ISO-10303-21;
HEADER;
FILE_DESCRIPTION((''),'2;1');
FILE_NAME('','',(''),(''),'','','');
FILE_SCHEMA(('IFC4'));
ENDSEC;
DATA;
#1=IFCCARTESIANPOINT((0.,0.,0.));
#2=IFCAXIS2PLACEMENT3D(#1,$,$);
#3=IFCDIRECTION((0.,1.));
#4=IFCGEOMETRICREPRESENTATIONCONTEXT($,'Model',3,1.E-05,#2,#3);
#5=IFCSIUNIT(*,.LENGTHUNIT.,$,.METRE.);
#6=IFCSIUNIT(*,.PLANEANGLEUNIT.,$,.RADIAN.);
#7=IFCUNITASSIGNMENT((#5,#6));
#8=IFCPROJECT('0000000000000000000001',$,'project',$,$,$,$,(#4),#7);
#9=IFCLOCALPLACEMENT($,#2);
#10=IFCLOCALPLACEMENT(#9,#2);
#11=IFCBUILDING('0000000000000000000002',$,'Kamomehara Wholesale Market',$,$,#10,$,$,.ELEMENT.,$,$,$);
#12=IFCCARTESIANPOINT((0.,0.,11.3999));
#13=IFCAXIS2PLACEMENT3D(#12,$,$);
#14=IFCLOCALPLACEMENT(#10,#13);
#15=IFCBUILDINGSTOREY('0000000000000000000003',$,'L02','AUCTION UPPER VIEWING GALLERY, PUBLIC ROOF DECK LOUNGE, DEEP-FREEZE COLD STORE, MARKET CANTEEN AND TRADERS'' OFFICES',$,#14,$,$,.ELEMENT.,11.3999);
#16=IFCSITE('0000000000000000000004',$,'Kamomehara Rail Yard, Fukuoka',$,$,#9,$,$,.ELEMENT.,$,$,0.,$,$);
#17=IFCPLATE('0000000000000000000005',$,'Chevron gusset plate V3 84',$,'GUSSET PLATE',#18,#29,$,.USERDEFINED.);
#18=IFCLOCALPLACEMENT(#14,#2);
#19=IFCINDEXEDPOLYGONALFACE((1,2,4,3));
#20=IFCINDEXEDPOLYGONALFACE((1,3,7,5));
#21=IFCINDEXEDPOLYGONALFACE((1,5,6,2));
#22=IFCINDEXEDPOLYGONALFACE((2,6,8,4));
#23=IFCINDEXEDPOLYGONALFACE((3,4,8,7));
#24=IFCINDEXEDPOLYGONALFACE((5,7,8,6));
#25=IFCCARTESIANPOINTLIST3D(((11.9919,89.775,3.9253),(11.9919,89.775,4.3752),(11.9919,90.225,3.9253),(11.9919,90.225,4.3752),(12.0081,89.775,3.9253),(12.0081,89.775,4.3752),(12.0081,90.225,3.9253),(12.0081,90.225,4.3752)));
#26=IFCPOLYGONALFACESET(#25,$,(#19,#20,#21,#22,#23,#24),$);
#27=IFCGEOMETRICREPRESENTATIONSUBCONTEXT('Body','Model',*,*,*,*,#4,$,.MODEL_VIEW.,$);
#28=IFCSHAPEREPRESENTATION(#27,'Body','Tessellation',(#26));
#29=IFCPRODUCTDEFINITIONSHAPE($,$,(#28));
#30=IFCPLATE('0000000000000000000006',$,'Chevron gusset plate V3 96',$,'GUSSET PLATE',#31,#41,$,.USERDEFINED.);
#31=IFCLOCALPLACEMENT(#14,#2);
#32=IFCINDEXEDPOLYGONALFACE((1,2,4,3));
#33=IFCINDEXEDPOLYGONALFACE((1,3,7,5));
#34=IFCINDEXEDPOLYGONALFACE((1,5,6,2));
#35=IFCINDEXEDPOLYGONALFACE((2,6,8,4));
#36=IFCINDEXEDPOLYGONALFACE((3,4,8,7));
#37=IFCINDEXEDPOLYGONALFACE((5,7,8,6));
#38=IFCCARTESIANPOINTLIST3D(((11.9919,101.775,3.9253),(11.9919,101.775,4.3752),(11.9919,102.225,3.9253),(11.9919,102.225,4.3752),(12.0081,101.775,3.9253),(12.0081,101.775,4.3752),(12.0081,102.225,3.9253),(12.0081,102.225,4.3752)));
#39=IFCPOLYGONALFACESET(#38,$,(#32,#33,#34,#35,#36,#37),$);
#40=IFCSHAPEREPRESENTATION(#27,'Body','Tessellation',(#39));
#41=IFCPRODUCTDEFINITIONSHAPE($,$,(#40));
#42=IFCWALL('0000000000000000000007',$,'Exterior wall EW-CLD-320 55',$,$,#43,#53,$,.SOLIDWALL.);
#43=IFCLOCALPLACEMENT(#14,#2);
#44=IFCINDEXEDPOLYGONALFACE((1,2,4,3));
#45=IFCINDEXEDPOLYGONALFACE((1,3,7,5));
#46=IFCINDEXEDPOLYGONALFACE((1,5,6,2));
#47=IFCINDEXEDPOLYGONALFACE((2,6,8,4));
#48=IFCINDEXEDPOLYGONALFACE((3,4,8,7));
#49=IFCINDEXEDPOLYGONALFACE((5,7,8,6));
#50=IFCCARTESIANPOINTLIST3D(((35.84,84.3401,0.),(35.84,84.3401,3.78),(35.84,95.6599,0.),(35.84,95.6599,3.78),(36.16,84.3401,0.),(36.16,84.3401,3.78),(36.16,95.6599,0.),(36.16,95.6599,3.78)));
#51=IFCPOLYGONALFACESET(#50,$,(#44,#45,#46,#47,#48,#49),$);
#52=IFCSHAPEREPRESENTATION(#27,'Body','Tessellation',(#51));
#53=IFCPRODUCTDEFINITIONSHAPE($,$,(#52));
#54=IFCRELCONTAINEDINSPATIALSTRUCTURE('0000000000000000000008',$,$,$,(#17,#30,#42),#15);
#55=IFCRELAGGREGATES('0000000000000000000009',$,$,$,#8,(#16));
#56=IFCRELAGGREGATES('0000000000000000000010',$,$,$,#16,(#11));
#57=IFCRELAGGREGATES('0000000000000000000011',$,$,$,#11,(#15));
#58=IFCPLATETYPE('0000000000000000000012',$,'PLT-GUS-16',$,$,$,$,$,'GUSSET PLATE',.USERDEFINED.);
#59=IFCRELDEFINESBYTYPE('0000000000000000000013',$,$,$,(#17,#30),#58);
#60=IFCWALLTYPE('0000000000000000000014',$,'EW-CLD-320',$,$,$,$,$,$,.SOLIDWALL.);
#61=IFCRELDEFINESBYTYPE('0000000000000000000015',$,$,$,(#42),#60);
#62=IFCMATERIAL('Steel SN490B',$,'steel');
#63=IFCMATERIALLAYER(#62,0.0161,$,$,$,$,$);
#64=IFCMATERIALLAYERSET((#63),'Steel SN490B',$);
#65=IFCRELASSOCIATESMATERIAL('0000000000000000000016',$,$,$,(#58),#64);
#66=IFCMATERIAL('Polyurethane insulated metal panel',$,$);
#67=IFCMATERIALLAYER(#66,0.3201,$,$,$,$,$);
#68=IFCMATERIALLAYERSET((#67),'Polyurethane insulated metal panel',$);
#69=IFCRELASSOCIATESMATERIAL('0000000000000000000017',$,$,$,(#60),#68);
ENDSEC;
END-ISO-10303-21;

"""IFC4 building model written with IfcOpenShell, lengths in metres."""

from ifc_helpers import new_model, si_unit, direction, frame, frame_2d, origin, origin_2d, place, context, subcontext, project, spatial, rectangle, extrude, material, layer, layer_set, type_object, element, save


model = new_model("IFC4")

# Units and contexts
model_context = context("Model", 3, precision=1e-05, world=origin(), true_north=direction((0.0, 1.0)))
body_context = subcontext(model_context, "Body", "Model", "MODEL_VIEW")
ifc_project = project(units=[si_unit("LENGTHUNIT", "METRE"), si_unit("PLANEANGLEUNIT", "RADIAN")], contexts=[model_context])

# Site, building, storey
site_placement = place(None, origin())
site = spatial("IfcSite", under=ifc_project, at=site_placement, Name="Kamomehara Rail Yard, Fukuoka", CompositionType="ELEMENT", RefElevation=0.0)
building_placement = place(site_placement, origin())
building = spatial("IfcBuilding", under=site, at=building_placement, Name="Kamomehara Wholesale Market", CompositionType="ELEMENT")
storey_placement = place(building_placement, frame((0.0, 0.0, 11.3999)))
storey = spatial("IfcBuildingStorey", under=building, at=storey_placement, Name="L02", Description="AUCTION UPPER VIEWING GALLERY, PUBLIC ROOF DECK LOUNGE, DEEP-FREEZE COLD STORE, MARKET CANTEEN AND TRADERS' OFFICES", CompositionType="ELEMENT", Elevation=11.3999)

# Plates
ifc_material_1 = material(Name="Steel SN490B", Category="steel")
ifc_layer_1 = layer(ifc_material_1, 0.0161)
ifc_layer_set_1 = layer_set([ifc_layer_1], Name="Steel SN490B")
plate_type_1 = type_object("IfcPlateType", Name="PLT-GUS-16", ElementType="GUSSET PLATE", PredefinedType="USERDEFINED", material=ifc_layer_set_1)
for number, where, z_axis, x_axis, name in (
    (1, (12.0, 90.0, 3.9253), (0.0, 0.0, 1.0), (1.0, 0.0, 0.0), "Chevron gusset plate V3 84"),
    (2, (12.0, 102.0, 3.9253), (0.0, 0.0, 1.0), (1.0, 0.0, 0.0), "Chevron gusset plate V3 96"),
):
    element("IfcPlate", number, at=place(storey_placement, frame(where, z_axis=z_axis, x_axis=x_axis)), inside=storey, type_object=plate_type_1, Name=name, ObjectType="GUSSET PLATE", PredefinedType="USERDEFINED", context=body_context, shape_type="SweptSolid", body=[
        extrude(rectangle(XDim=0.0161, YDim=0.45, at=origin_2d()), origin(), (0.0, 0.0, 1.0), 0.45),
    ])

# Wall
ifc_material_2 = material(Name="Polyurethane insulated metal panel")
ifc_layer_2 = layer(ifc_material_2, 0.3201)
ifc_layer_set_2 = layer_set([ifc_layer_2], Name="Polyurethane insulated metal panel")
wall_type = type_object("IfcWallType", Name="EW-CLD-320", PredefinedType="SOLIDWALL", material=ifc_layer_set_2)
wall_placement = place(storey_placement, frame((36.0, 95.6599, 0.0), z_axis=(0.0, 0.0, 1.0), x_axis=(0.0, -1.0, 0.0)))
element("IfcWall", 3, at=wall_placement, inside=storey, type_object=wall_type, Name="Exterior wall EW-CLD-320 55", PredefinedType="SOLIDWALL", context=body_context, shape_type="SweptSolid", body=[
    extrude(rectangle(XDim=11.3198, YDim=0.3201, at=frame_2d((5.6599, 0.0))), origin(), (0.0, 0.0, 1.0), 3.78),
])

save(model, "model.ifc")
